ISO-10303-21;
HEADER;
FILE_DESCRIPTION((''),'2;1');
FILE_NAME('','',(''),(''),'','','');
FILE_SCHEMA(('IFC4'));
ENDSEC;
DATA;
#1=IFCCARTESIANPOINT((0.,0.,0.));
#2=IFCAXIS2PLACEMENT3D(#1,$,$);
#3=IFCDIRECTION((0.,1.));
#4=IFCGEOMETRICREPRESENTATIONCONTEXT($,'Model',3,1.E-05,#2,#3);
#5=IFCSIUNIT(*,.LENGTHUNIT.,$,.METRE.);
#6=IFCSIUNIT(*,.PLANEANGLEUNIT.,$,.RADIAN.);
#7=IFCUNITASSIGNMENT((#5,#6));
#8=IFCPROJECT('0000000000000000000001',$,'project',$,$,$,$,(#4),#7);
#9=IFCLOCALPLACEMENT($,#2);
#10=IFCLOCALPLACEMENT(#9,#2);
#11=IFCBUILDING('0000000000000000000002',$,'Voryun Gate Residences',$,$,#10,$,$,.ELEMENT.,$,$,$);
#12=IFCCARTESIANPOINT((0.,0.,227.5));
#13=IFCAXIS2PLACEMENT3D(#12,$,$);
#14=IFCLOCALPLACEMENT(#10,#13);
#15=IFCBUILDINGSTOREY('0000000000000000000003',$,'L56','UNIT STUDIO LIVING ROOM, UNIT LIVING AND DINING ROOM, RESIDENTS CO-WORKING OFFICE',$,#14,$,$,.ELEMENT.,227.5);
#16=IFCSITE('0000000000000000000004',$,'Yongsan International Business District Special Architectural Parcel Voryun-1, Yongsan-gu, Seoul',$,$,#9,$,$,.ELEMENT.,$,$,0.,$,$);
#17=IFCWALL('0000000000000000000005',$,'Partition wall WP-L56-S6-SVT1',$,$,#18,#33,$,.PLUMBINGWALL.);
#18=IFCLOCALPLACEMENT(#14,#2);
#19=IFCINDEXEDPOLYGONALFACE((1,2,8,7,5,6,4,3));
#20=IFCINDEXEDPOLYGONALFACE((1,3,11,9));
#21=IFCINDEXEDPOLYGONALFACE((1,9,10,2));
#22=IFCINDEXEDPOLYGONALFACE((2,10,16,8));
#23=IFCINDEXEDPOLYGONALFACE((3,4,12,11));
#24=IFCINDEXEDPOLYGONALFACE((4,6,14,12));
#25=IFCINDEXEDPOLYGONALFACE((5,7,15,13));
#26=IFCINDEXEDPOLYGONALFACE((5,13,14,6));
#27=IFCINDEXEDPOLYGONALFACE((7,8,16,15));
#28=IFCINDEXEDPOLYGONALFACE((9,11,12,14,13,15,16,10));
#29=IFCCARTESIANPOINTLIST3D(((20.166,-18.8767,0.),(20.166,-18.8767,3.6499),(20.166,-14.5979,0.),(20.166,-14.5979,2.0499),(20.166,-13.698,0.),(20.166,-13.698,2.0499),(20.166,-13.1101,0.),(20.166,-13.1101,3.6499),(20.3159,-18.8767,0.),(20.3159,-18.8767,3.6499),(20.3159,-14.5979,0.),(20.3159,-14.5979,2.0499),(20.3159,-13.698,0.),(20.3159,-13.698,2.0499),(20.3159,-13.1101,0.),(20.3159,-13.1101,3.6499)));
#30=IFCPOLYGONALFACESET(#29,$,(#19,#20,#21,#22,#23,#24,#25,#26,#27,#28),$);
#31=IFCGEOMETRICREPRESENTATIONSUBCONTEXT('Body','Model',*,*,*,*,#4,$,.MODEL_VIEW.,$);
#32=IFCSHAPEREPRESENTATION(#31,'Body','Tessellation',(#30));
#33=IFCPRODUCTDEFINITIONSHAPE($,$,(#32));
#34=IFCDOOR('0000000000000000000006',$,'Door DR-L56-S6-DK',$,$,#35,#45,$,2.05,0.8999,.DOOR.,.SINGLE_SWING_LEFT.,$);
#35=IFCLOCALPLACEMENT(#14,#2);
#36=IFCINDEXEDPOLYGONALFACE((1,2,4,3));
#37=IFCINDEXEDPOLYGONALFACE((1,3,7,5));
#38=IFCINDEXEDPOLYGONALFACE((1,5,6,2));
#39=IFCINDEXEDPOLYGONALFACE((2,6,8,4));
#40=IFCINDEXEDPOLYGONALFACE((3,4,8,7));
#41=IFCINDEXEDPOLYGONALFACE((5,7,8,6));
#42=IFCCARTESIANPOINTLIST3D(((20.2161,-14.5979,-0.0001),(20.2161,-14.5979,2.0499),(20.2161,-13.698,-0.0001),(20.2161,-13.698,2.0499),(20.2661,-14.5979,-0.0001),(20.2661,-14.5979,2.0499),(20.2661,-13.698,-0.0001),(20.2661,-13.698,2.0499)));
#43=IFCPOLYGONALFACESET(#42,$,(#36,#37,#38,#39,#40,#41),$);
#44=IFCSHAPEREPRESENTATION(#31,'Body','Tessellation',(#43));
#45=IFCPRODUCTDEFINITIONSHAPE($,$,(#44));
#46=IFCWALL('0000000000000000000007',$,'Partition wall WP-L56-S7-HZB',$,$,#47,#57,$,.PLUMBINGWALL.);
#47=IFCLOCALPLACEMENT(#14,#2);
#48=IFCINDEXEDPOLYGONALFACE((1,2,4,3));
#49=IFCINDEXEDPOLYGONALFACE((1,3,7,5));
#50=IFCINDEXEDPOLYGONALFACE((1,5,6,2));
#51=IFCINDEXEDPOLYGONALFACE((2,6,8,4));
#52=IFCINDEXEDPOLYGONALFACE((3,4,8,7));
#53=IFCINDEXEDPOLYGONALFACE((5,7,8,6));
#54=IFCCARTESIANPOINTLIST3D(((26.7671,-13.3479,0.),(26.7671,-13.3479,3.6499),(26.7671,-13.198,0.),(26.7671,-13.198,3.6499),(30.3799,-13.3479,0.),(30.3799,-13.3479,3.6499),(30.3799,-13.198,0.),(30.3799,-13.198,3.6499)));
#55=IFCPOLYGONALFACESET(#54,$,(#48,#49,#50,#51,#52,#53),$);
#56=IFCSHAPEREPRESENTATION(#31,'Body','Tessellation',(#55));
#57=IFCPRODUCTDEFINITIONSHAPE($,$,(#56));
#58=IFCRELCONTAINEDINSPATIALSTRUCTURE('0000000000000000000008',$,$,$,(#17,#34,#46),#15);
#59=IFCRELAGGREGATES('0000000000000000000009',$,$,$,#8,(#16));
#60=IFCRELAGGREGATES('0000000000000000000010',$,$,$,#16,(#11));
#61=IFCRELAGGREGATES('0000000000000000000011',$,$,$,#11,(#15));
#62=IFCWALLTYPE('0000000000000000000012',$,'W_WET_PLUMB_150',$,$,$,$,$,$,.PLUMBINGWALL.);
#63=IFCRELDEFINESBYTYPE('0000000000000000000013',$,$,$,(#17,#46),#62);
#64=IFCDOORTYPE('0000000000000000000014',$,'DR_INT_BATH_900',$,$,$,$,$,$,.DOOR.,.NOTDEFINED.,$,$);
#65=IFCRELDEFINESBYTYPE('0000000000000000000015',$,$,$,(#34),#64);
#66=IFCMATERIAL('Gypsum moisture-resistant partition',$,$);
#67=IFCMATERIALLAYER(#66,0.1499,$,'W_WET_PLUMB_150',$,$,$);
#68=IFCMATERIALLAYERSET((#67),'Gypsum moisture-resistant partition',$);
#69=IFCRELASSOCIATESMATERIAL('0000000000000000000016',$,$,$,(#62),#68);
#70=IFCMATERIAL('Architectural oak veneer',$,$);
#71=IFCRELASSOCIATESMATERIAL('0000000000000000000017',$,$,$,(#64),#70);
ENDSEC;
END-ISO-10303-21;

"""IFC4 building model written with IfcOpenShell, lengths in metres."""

from ifc_helpers import new_model, si_unit, direction, frame, frame_2d, origin, place, context, subcontext, project, spatial, rectangle, extrude, material, layer, layer_set, type_object, element, fill, save


model = new_model("IFC4")

# Units and contexts
model_context = context("Model", 3, precision=1e-05, world=origin(), true_north=direction((0.0, 1.0)))
body_context = subcontext(model_context, "Body", "Model", "MODEL_VIEW")
ifc_project = project(units=[si_unit("LENGTHUNIT", "METRE"), si_unit("PLANEANGLEUNIT", "RADIAN")], contexts=[model_context])

# Site, building, storey
site_placement = place(None, origin())
site = spatial("IfcSite", under=ifc_project, at=site_placement, Name="Yongsan International Business District Special Architectural Parcel Voryun-1, Yongsan-gu, Seoul", CompositionType="ELEMENT", RefElevation=0.0)
building_placement = place(site_placement, origin())
building = spatial("IfcBuilding", under=site, at=building_placement, Name="Voryun Gate Residences", CompositionType="ELEMENT")
storey_placement = place(building_placement, frame((0.0, 0.0, 227.5)))
storey = spatial("IfcBuildingStorey", under=building, at=storey_placement, Name="L56", Description="UNIT STUDIO LIVING ROOM, UNIT LIVING AND DINING ROOM, RESIDENTS CO-WORKING OFFICE", CompositionType="ELEMENT", Elevation=227.5)

# Wall, opening, door
ifc_material_1 = material(Name="Gypsum moisture-resistant partition")
ifc_layer_1 = layer(ifc_material_1, 0.1499, Name="W_WET_PLUMB_150")
ifc_layer_set_1 = layer_set([ifc_layer_1], Name="Gypsum moisture-resistant partition")
wall_type_1 = type_object("IfcWallType", Name="W_WET_PLUMB_150", PredefinedType="PLUMBINGWALL", material=ifc_layer_set_1)
wall_1_placement = place(storey_placement, frame((20.241, -18.8767, 0.0), z_axis=(0.0, 0.0, 1.0), x_axis=(0.0, 1.0, 0.0)))
wall_1 = element("IfcWall", 1, at=wall_1_placement, inside=storey, type_object=wall_type_1, Name="Partition wall WP-L56-S6-SVT1", PredefinedType="PLUMBINGWALL", context=body_context, shape_type="SweptSolid", body=[
    extrude(rectangle(XDim=5.7666, YDim=0.1499, at=frame_2d((2.8833, 0.0))), origin(), (0.0, 0.0, 1.0), 3.6499),
])
opening_1_placement = place(wall_1_placement, frame((4.2788, 0.0, 0.0)))
opening_1 = element("IfcOpeningElement", 2, at=opening_1_placement, cuts=wall_1, PredefinedType="OPENING", context=body_context, shape_type="SweptSolid", body=[
    extrude(rectangle(XDim=0.8999, YDim=2.05, at=frame_2d((0.45, 1.0249))), frame((0.0, 0.085, 0.0), z_axis=(0.0, -1.0, 0.0), x_axis=(1.0, 0.0, 0.0)), (0.0, 0.0, 1.0), 0.1699),
])
ifc_material_2 = material(Name="Architectural oak veneer")
door_type_1 = type_object("IfcDoorType", Name="DR_INT_BATH_900", OperationType="NOTDEFINED", PredefinedType="DOOR", material=ifc_material_2)
door_1_placement = place(opening_1_placement, origin())
door_1 = element("IfcDoor", 3, at=door_1_placement, inside=storey, type_object=door_type_1, Name="Door DR-L56-S6-DK", OperationType="SINGLE_SWING_LEFT", OverallHeight=2.05, OverallWidth=0.8999, PredefinedType="DOOR", context=body_context, shape_type="SweptSolid", body=[
    extrude(rectangle(XDim=0.8999, YDim=2.05, at=frame_2d((0.45, 1.0249))), frame((0.0, 0.0249, 0.0), z_axis=(0.0, -1.0, 0.0), x_axis=(1.0, 0.0, 0.0)), (0.0, 0.0, 1.0), 0.05),
])
fill(opening_1, door_1)

# Wall
wall_2_placement = place(storey_placement, frame((26.7671, -13.2729, 0.0), z_axis=(0.0, 0.0, 1.0), x_axis=(1.0, 0.0, 0.0)))
element("IfcWall", 4, at=wall_2_placement, inside=storey, type_object=wall_type_1, Name="Partition wall WP-L56-S7-HZB", PredefinedType="PLUMBINGWALL", context=body_context, shape_type="SweptSolid", body=[
    extrude(rectangle(XDim=3.6128, YDim=0.1499, at=frame_2d((1.8064, 0.0))), origin(), (0.0, 0.0, 1.0), 3.6499),
])

save(model, "model.ifc")
